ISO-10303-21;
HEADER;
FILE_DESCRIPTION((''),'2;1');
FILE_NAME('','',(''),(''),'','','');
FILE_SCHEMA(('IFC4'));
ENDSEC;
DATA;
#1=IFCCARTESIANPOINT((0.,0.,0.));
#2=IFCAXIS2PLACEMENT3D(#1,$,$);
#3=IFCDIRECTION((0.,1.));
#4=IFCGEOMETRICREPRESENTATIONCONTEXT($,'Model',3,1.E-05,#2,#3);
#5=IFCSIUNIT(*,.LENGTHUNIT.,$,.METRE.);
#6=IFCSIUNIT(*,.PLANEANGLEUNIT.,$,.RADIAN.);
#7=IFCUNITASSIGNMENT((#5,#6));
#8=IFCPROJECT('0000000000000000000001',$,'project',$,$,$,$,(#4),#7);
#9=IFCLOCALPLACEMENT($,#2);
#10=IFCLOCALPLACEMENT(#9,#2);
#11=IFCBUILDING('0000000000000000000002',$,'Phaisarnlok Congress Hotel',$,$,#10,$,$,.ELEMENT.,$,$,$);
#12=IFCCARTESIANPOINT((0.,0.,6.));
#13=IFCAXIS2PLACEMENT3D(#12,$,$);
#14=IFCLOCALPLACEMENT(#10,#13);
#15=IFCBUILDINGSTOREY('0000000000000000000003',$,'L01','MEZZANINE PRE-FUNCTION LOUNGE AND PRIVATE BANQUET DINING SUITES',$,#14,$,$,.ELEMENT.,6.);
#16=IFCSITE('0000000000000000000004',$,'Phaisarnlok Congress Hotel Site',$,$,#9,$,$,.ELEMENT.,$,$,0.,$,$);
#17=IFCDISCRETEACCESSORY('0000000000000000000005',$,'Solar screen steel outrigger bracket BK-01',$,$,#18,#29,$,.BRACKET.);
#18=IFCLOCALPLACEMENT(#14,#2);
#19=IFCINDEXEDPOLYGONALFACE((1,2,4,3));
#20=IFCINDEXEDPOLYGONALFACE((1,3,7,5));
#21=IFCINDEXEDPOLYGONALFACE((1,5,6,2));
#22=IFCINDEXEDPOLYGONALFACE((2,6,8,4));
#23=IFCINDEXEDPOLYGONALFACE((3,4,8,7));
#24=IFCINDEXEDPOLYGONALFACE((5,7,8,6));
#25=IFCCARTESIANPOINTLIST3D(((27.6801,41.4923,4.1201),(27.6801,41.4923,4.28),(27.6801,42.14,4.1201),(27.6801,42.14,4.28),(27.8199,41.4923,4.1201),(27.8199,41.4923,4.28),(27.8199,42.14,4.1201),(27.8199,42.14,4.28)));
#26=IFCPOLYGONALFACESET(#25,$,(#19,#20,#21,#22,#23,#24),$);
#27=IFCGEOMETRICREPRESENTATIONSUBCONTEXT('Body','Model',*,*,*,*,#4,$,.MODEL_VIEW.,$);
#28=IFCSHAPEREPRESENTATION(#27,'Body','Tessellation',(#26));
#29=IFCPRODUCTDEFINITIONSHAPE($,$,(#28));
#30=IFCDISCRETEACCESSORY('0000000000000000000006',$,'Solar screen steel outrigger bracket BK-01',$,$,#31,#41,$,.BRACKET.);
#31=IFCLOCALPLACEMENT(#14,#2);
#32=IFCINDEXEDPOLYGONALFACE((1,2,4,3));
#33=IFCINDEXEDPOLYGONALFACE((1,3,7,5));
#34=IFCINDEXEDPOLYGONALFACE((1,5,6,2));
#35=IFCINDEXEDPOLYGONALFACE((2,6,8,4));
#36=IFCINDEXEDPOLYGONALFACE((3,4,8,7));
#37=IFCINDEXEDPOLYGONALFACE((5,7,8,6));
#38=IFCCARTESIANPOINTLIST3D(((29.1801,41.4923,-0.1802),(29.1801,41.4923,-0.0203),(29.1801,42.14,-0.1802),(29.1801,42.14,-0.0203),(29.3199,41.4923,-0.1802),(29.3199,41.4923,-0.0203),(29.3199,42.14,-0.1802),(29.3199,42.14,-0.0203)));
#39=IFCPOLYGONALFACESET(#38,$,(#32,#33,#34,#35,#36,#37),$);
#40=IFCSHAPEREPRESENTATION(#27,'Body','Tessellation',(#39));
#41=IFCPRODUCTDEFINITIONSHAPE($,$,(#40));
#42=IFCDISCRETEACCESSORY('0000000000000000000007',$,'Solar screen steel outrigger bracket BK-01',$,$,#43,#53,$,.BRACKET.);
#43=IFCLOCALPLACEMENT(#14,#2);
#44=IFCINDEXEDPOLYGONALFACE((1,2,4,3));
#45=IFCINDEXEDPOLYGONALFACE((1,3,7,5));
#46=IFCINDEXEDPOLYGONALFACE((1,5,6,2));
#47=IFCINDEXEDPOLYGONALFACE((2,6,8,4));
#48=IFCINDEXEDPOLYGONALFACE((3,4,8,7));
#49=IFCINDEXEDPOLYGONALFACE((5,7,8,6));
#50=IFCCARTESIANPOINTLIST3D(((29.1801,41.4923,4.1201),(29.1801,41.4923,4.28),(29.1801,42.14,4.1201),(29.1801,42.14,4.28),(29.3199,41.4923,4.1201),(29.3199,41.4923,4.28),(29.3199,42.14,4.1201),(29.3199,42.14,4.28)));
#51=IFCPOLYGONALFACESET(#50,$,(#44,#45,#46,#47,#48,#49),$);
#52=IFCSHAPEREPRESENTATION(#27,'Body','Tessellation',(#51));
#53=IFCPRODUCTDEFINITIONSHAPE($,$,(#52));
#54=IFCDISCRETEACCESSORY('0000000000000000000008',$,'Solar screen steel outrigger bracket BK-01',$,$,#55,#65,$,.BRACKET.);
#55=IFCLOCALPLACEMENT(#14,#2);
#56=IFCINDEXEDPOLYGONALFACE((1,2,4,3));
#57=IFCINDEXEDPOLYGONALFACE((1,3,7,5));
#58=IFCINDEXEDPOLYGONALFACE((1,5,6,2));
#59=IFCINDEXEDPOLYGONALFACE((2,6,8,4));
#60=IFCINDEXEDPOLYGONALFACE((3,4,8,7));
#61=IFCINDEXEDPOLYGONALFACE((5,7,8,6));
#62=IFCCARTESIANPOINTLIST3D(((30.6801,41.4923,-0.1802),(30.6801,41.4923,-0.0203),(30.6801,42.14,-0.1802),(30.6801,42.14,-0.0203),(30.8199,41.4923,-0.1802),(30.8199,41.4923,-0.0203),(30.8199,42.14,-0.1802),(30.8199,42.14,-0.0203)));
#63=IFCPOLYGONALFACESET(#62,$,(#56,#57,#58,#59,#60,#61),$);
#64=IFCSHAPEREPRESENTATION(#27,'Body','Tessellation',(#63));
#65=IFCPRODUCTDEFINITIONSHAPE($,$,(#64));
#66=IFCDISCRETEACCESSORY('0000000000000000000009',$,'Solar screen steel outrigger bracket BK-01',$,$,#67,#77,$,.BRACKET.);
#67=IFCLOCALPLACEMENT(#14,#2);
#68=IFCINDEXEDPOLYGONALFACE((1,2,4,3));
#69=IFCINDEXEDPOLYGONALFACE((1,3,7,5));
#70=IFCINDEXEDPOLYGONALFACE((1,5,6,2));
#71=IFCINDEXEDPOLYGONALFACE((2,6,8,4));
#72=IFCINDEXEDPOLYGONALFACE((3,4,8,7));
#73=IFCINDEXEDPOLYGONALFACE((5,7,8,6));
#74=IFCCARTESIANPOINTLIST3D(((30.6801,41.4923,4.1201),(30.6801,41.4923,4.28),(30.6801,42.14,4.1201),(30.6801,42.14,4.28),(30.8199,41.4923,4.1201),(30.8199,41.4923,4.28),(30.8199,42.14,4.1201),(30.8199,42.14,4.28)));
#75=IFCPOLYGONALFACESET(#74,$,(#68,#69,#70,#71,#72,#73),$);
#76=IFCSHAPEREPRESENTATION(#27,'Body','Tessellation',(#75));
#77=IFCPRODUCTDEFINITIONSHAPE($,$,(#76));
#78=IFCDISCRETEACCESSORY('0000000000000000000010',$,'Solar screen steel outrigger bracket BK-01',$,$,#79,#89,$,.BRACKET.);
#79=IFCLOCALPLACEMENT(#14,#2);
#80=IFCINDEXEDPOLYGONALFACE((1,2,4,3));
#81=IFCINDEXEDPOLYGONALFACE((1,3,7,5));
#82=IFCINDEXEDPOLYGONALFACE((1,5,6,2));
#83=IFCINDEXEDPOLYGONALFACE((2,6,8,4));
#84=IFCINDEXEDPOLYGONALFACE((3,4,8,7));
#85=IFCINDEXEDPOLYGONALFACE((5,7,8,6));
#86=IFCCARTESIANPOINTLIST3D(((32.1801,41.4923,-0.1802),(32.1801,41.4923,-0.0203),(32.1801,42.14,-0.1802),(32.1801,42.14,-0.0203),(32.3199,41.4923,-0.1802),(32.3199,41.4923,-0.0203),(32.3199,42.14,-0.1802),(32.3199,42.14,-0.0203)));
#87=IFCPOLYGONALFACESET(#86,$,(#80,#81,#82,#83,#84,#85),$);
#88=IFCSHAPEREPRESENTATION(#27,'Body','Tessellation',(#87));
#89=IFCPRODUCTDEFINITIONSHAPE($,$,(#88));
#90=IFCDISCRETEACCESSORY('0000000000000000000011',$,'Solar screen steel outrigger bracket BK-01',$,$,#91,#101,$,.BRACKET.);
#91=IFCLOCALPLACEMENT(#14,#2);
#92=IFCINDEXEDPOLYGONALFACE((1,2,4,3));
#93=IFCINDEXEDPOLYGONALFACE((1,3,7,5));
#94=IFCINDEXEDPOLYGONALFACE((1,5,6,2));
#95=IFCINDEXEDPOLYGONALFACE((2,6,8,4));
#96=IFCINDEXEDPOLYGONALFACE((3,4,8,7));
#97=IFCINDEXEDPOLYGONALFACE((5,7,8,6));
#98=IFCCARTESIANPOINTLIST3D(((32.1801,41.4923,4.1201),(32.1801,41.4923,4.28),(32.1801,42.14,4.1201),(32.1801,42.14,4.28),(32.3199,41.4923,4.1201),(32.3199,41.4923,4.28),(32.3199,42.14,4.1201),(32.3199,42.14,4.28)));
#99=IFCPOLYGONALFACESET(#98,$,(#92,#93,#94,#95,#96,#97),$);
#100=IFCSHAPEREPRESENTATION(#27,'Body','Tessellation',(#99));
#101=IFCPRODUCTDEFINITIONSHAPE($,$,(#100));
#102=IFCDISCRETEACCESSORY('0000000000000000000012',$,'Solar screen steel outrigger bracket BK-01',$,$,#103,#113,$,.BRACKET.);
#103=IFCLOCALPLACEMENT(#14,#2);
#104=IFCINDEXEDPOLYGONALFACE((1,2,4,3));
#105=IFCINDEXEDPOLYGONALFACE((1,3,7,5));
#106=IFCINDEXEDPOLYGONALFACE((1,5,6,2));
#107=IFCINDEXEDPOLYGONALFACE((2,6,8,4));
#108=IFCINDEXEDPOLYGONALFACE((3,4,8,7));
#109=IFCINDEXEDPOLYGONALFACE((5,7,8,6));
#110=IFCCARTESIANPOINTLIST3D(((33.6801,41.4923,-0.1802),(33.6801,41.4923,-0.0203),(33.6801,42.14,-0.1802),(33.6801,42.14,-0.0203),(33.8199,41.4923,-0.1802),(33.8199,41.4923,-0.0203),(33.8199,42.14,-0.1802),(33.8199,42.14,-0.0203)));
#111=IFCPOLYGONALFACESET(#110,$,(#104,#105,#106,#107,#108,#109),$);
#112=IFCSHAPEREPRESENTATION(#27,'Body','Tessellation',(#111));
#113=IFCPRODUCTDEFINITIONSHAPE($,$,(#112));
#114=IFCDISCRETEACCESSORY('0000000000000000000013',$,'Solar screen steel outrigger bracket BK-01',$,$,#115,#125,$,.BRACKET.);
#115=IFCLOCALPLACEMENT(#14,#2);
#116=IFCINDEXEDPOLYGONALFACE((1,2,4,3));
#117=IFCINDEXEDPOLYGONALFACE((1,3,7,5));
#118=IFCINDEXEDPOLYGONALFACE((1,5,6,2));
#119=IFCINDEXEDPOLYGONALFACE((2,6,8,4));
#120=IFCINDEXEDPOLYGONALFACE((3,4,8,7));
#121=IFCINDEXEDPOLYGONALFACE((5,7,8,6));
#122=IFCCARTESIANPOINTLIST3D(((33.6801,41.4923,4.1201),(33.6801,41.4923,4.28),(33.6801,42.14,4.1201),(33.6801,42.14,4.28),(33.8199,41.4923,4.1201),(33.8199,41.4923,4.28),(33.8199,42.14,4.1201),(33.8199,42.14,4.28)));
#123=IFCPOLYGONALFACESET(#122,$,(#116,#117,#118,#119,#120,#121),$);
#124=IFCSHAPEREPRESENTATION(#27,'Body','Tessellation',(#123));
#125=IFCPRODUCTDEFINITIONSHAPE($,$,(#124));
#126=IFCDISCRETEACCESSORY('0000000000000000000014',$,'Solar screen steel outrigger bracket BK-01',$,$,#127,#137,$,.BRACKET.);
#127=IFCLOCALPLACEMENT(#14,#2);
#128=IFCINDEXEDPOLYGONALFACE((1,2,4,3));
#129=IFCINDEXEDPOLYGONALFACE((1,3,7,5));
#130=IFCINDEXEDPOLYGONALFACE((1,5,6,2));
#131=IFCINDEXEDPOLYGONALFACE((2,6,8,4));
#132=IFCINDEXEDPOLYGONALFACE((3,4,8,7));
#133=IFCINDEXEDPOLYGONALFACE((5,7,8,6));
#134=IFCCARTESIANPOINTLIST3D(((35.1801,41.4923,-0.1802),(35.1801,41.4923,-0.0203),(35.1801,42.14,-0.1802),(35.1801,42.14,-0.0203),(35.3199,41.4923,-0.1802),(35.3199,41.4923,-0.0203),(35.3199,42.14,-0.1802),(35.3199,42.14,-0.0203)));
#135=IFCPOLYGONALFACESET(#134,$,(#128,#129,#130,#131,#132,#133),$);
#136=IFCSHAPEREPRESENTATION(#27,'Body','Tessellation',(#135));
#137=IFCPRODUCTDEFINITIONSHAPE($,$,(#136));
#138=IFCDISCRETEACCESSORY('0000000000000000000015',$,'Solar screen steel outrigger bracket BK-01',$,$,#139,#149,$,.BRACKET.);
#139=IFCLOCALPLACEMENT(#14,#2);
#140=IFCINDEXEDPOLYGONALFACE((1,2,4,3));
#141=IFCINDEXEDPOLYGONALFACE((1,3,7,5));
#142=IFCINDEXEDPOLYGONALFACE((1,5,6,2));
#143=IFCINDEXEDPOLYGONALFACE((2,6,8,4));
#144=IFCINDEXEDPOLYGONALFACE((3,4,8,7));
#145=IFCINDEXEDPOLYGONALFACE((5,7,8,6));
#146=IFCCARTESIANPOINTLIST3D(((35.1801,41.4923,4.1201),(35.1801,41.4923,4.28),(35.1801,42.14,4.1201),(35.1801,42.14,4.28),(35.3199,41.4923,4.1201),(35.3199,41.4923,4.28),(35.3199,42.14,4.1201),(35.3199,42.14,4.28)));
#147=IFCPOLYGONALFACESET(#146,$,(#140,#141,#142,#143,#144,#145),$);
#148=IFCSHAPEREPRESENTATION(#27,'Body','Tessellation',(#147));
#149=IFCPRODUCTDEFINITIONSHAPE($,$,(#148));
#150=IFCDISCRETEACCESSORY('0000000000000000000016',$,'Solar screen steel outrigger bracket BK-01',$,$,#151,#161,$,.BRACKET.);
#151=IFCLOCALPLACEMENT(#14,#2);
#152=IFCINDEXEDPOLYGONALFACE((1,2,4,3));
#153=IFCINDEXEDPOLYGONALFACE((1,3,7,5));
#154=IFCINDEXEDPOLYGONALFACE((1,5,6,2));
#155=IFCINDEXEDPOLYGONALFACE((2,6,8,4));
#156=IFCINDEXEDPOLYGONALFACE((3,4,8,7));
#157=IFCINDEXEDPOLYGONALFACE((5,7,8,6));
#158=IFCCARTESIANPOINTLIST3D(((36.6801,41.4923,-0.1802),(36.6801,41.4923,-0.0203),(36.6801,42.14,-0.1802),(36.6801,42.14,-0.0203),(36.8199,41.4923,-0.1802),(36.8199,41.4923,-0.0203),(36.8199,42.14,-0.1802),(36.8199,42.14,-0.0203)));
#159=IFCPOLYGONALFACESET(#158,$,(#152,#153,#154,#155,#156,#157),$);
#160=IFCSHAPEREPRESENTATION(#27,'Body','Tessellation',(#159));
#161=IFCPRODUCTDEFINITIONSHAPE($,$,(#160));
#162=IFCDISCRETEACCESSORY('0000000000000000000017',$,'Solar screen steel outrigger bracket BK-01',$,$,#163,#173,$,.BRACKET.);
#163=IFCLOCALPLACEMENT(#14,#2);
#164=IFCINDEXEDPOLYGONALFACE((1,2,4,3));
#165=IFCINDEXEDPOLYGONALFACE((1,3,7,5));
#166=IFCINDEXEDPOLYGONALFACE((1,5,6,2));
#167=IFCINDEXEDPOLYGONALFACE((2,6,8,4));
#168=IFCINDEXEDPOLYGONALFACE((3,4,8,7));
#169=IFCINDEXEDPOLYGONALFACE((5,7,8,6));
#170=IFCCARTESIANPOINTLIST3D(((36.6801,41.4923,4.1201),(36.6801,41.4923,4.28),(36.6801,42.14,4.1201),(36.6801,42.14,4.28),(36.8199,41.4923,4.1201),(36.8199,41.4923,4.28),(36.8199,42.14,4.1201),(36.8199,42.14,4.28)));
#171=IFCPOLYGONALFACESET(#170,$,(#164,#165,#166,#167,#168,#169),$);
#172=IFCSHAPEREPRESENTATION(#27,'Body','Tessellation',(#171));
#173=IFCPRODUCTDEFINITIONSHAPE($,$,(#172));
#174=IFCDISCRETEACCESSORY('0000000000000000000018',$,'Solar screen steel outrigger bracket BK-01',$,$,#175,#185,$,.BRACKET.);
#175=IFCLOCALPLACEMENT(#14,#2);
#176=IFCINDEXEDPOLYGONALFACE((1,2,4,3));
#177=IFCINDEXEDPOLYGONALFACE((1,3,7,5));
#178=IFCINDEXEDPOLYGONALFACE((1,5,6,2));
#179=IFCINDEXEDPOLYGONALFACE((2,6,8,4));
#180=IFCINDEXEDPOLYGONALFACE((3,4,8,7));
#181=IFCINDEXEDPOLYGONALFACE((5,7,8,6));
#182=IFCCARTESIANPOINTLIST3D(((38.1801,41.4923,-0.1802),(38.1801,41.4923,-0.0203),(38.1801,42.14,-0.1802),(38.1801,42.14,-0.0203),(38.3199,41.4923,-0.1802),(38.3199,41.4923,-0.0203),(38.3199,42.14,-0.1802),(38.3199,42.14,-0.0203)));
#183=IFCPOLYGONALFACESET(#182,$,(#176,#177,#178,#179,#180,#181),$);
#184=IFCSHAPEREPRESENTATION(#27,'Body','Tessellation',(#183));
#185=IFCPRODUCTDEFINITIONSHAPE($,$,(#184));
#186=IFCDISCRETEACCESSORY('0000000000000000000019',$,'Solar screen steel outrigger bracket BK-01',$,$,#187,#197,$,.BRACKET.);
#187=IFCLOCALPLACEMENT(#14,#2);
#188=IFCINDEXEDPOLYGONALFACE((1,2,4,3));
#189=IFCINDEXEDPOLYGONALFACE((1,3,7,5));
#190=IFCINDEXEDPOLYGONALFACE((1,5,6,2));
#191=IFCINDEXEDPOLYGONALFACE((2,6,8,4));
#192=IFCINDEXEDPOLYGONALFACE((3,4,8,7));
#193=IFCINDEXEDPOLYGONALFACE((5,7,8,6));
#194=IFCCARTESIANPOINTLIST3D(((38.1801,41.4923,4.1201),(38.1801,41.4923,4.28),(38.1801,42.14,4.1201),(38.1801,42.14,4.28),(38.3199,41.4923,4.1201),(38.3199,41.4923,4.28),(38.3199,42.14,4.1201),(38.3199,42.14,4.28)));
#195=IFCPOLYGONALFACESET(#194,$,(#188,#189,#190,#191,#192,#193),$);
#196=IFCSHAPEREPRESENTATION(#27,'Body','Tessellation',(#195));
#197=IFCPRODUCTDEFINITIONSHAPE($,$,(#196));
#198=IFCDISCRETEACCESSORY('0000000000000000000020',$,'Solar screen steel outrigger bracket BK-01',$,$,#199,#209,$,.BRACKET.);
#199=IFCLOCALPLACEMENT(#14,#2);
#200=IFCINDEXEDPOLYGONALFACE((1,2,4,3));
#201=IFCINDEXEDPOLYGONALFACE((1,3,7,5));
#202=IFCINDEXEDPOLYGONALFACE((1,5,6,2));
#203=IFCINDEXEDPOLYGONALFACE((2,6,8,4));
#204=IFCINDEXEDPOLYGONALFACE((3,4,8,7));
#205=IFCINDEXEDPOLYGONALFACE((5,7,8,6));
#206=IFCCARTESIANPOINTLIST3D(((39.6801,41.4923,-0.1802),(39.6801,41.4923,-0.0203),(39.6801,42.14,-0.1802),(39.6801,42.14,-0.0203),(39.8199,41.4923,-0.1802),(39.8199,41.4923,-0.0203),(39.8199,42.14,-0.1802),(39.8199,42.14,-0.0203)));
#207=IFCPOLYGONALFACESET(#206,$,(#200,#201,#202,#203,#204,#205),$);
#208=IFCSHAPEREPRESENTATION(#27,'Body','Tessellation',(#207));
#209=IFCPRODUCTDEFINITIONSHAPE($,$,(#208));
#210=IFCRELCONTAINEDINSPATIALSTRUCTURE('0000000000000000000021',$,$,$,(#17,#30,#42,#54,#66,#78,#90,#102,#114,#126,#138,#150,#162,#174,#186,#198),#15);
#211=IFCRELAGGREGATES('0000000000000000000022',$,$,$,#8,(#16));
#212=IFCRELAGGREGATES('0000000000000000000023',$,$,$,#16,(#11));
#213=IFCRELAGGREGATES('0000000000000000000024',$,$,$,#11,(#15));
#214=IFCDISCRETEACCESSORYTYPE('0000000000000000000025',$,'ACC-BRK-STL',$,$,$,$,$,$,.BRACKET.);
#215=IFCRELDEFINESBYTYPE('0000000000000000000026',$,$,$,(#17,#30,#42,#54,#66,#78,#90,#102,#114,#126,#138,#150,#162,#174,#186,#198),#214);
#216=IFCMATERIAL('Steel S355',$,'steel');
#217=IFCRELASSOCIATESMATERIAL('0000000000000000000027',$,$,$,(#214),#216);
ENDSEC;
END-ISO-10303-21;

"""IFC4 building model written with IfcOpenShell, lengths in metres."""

from ifc_helpers import new_model, si_unit, direction, frame, origin, origin_2d, place, context, subcontext, project, spatial, rectangle, extrude, material, type_object, element, save


model = new_model("IFC4")

# Units and contexts
model_context = context("Model", 3, precision=1e-05, world=origin(), true_north=direction((0.0, 1.0)))
body_context = subcontext(model_context, "Body", "Model", "MODEL_VIEW")
ifc_project = project(units=[si_unit("LENGTHUNIT", "METRE"), si_unit("PLANEANGLEUNIT", "RADIAN")], contexts=[model_context])

# Site, building, storey
site_placement = place(None, origin())
site = spatial("IfcSite", under=ifc_project, at=site_placement, Name="Phaisarnlok Congress Hotel Site", CompositionType="ELEMENT", RefElevation=0.0)
building_placement = place(site_placement, origin())
building = spatial("IfcBuilding", under=site, at=building_placement, Name="Phaisarnlok Congress Hotel", CompositionType="ELEMENT")
storey_placement = place(building_placement, frame((0.0, 0.0, 6.0)))
storey = spatial("IfcBuildingStorey", under=building, at=storey_placement, Name="L01", Description="MEZZANINE PRE-FUNCTION LOUNGE AND PRIVATE BANQUET DINING SUITES", CompositionType="ELEMENT", Elevation=6.0)

# Discrete accessories
ifc_material_1 = material(Name="Steel S355", Category="steel")
discrete_accessory_type = type_object("IfcDiscreteAccessoryType", Name="ACC-BRK-STL", PredefinedType="BRACKET", material=ifc_material_1)
for number, where, z_axis, x_axis, name in (
    (1, (27.75, 41.8162, 4.1201), (0.0, 0.0, 1.0), (1.0, 0.0, 0.0), "Solar screen steel outrigger bracket BK-01"),
    (2, (29.25, 41.8162, -0.1802), (0.0, 0.0, 1.0), (1.0, 0.0, 0.0), "Solar screen steel outrigger bracket BK-01"),
    (3, (29.25, 41.8162, 4.1201), (0.0, 0.0, 1.0), (1.0, 0.0, 0.0), "Solar screen steel outrigger bracket BK-01"),
    (4, (30.75, 41.8162, -0.1802), (0.0, 0.0, 1.0), (1.0, 0.0, 0.0), "Solar screen steel outrigger bracket BK-01"),
    (5, (30.75, 41.8162, 4.1201), (0.0, 0.0, 1.0), (1.0, 0.0, 0.0), "Solar screen steel outrigger bracket BK-01"),
    (6, (32.25, 41.8162, -0.1802), (0.0, 0.0, 1.0), (1.0, 0.0, 0.0), "Solar screen steel outrigger bracket BK-01"),
    (7, (32.25, 41.8162, 4.1201), (0.0, 0.0, 1.0), (1.0, 0.0, 0.0), "Solar screen steel outrigger bracket BK-01"),
    (8, (33.75, 41.8162, -0.1802), (0.0, 0.0, 1.0), (1.0, 0.0, 0.0), "Solar screen steel outrigger bracket BK-01"),
    (9, (33.75, 41.8162, 4.1201), (0.0, 0.0, 1.0), (1.0, 0.0, 0.0), "Solar screen steel outrigger bracket BK-01"),
    (10, (35.25, 41.8162, -0.1802), (0.0, 0.0, 1.0), (1.0, 0.0, 0.0), "Solar screen steel outrigger bracket BK-01"),
    (11, (35.25, 41.8162, 4.1201), (0.0, 0.0, 1.0), (1.0, 0.0, 0.0), "Solar screen steel outrigger bracket BK-01"),
    (12, (36.75, 41.8162, -0.1802), (0.0, 0.0, 1.0), (1.0, 0.0, 0.0), "Solar screen steel outrigger bracket BK-01"),
    (13, (36.75, 41.8162, 4.1201), (0.0, 0.0, 1.0), (1.0, 0.0, 0.0), "Solar screen steel outrigger bracket BK-01"),
    (14, (38.25, 41.8162, -0.1802), (0.0, 0.0, 1.0), (1.0, 0.0, 0.0), "Solar screen steel outrigger bracket BK-01"),
    (15, (38.25, 41.8162, 4.1201), (0.0, 0.0, 1.0), (1.0, 0.0, 0.0), "Solar screen steel outrigger bracket BK-01"),
    (16, (39.75, 41.8162, -0.1802), (0.0, 0.0, 1.0), (1.0, 0.0, 0.0), "Solar screen steel outrigger bracket BK-01"),
):
    element("IfcDiscreteAccessory", number, at=place(storey_placement, frame(where, z_axis=z_axis, x_axis=x_axis)), inside=storey, type_object=discrete_accessory_type, Name=name, PredefinedType="BRACKET", context=body_context, shape_type="SweptSolid", body=[
        extrude(rectangle(XDim=0.1399, YDim=0.6477, at=origin_2d()), origin(), (0.0, 0.0, 1.0), 0.1599),
    ])

save(model, "model.ifc")
